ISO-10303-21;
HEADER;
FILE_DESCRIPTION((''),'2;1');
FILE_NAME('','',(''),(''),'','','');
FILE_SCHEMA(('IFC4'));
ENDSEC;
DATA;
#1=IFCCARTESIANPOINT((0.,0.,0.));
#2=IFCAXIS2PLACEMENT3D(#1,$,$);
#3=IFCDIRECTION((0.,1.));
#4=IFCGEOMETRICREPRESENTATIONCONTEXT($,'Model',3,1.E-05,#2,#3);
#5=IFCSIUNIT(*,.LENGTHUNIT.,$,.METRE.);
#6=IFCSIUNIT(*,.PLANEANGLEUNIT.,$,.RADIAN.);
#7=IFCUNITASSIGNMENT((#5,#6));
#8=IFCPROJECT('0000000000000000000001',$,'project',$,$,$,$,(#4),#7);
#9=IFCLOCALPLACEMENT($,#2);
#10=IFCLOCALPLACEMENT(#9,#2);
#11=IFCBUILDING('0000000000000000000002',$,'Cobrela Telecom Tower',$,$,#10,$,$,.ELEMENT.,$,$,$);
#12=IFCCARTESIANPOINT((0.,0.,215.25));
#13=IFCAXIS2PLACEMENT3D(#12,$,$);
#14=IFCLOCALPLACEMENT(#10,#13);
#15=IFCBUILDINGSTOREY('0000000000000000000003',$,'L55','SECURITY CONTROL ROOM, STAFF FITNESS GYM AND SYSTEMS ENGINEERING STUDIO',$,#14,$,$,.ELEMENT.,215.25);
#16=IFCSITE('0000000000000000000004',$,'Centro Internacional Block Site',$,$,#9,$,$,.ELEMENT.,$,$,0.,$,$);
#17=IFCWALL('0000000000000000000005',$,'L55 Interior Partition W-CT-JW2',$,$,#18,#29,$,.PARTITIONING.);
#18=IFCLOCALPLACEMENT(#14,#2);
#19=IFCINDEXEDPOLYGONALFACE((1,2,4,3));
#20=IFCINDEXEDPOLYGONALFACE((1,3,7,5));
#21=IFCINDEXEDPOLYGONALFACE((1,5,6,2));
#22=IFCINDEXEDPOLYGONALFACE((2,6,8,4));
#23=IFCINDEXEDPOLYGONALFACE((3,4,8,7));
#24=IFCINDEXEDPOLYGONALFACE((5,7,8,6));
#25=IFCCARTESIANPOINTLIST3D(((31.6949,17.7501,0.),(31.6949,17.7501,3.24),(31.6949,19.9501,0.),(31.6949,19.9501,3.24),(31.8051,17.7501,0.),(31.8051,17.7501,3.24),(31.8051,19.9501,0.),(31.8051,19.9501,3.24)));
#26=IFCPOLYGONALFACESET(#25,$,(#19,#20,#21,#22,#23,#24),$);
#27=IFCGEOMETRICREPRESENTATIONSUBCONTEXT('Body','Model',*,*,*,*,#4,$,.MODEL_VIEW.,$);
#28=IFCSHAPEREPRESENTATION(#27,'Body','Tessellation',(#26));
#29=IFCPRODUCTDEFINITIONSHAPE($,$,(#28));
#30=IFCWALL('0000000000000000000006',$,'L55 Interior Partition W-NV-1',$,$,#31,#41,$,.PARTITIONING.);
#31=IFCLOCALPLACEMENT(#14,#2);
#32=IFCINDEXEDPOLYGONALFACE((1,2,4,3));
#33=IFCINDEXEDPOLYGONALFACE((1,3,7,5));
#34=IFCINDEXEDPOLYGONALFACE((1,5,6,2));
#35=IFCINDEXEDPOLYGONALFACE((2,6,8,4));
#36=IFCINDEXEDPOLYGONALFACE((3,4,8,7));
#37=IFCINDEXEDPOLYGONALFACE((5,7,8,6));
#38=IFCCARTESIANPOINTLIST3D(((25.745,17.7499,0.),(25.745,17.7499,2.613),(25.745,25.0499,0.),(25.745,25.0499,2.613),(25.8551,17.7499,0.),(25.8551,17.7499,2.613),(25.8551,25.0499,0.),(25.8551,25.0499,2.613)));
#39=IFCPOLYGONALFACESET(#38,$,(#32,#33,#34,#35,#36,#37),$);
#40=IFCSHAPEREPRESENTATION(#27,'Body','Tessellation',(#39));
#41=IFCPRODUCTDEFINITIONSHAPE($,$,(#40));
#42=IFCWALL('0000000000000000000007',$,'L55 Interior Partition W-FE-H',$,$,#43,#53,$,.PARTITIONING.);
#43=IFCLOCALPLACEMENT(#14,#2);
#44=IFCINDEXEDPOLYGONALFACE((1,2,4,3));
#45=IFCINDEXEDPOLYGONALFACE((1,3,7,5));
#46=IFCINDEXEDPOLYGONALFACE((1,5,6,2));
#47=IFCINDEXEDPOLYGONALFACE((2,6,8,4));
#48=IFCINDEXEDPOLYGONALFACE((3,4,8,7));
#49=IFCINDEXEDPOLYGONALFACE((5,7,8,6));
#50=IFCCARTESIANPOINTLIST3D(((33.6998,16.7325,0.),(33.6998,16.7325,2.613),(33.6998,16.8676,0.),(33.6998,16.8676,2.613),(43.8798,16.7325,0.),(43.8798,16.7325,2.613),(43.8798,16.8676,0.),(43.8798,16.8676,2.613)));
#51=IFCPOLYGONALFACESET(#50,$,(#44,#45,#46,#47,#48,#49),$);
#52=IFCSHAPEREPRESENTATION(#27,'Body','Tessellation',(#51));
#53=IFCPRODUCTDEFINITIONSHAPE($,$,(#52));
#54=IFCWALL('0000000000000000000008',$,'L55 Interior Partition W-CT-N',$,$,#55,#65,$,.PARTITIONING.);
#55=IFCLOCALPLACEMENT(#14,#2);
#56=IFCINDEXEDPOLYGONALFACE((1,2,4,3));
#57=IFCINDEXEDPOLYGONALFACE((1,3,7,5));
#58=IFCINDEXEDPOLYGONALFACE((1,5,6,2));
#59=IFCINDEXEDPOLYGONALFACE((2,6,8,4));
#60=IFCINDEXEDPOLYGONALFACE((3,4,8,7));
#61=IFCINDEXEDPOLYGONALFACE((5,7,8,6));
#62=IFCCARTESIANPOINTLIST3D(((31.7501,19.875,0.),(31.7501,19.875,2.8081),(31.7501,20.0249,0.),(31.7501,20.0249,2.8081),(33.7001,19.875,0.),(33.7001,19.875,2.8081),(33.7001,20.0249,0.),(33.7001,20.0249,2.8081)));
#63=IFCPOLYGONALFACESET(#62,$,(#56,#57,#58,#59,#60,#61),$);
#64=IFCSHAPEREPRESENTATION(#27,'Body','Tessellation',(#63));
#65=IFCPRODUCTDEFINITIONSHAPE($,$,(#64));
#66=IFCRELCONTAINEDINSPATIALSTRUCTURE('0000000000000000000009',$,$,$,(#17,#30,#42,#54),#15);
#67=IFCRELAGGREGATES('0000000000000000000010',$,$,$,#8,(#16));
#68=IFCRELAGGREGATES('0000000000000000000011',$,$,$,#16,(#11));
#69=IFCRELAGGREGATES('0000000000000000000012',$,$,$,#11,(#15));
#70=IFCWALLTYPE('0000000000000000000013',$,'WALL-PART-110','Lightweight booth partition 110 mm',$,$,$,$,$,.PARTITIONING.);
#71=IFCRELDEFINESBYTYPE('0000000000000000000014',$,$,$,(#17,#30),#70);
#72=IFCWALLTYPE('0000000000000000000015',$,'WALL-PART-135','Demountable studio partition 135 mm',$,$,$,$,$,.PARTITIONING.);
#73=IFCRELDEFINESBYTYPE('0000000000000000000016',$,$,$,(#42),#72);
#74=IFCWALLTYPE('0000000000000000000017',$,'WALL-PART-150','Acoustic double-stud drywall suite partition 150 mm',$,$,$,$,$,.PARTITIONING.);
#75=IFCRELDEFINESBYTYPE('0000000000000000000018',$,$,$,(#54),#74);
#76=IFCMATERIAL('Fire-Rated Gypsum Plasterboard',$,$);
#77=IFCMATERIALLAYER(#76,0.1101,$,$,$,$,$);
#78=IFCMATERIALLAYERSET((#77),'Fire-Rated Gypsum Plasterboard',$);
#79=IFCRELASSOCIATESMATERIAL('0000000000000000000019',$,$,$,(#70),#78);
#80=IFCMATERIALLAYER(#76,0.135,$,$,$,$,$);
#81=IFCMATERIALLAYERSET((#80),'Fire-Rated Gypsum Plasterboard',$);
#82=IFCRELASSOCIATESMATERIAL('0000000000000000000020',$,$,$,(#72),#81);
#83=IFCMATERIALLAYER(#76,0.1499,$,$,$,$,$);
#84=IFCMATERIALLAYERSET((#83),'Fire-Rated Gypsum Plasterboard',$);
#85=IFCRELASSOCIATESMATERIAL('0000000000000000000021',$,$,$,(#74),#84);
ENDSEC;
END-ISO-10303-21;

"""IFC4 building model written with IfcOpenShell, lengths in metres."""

from ifc_helpers import new_model, si_unit, direction, frame, frame_2d, origin, place, context, subcontext, project, spatial, rectangle, extrude, material, layer, layer_set, type_object, element, save


model = new_model("IFC4")

# Units and contexts
model_context = context("Model", 3, precision=1e-05, world=origin(), true_north=direction((0.0, 1.0)))
body_context = subcontext(model_context, "Body", "Model", "MODEL_VIEW")
ifc_project = project(units=[si_unit("LENGTHUNIT", "METRE"), si_unit("PLANEANGLEUNIT", "RADIAN")], contexts=[model_context])

# Site, building, storey
site_placement = place(None, origin())
site = spatial("IfcSite", under=ifc_project, at=site_placement, Name="Centro Internacional Block Site", CompositionType="ELEMENT", RefElevation=0.0)
building_placement = place(site_placement, origin())
building = spatial("IfcBuilding", under=site, at=building_placement, Name="Cobrela Telecom Tower", CompositionType="ELEMENT")
storey_placement = place(building_placement, frame((0.0, 0.0, 215.25)))
storey = spatial("IfcBuildingStorey", under=building, at=storey_placement, Name="L55", Description="SECURITY CONTROL ROOM, STAFF FITNESS GYM AND SYSTEMS ENGINEERING STUDIO", CompositionType="ELEMENT", Elevation=215.25)

# Walls
ifc_material_1 = material(Name="Fire-Rated Gypsum Plasterboard")
ifc_layer_1 = layer(ifc_material_1, 0.1101)
ifc_layer_set_1 = layer_set([ifc_layer_1], Name="Fire-Rated Gypsum Plasterboard")
wall_type_1 = type_object("IfcWallType", Name="WALL-PART-110", Description="Lightweight booth partition 110 mm", PredefinedType="PARTITIONING", material=ifc_layer_set_1)
wall_1_placement = place(storey_placement, frame((31.75, 17.75, 0.0), z_axis=(0.0, 0.0, 1.0), x_axis=(0.0, 1.0, 0.0)))
element("IfcWall", 1, at=wall_1_placement, inside=storey, type_object=wall_type_1, Name="L55 Interior Partition W-CT-JW2", PredefinedType="PARTITIONING", context=body_context, shape_type="SweptSolid", body=[
    extrude(rectangle(XDim=2.2, YDim=0.1101, at=frame_2d((1.1001, 0.0))), origin(), (0.0, 0.0, 1.0), 3.24),
])
wall_2_placement = place(storey_placement, frame((25.8, 17.75, 0.0), z_axis=(0.0, 0.0, 1.0), x_axis=(0.0, 1.0, 0.0)))
element("IfcWall", 2, at=wall_2_placement, inside=storey, type_object=wall_type_1, Name="L55 Interior Partition W-NV-1", PredefinedType="PARTITIONING", context=body_context, shape_type="SweptSolid", body=[
    extrude(rectangle(XDim=7.3, YDim=0.1101, at=frame_2d((3.6499, 0.0))), origin(), (0.0, 0.0, 1.0), 2.613),
])
ifc_layer_2 = layer(ifc_material_1, 0.135)
ifc_layer_set_2 = layer_set([ifc_layer_2], Name="Fire-Rated Gypsum Plasterboard")
wall_type_2 = type_object("IfcWallType", Name="WALL-PART-135", Description="Demountable studio partition 135 mm", PredefinedType="PARTITIONING", material=ifc_layer_set_2)
wall_3_placement = place(storey_placement, frame((33.7, 16.8, 0.0), z_axis=(0.0, 0.0, 1.0), x_axis=(1.0, 0.0, 0.0)))
element("IfcWall", 3, at=wall_3_placement, inside=storey, type_object=wall_type_2, Name="L55 Interior Partition W-FE-H", PredefinedType="PARTITIONING", context=body_context, shape_type="SweptSolid", body=[
    extrude(rectangle(XDim=10.1799, YDim=0.135, at=frame_2d((5.0898, 0.0))), origin(), (0.0, 0.0, 1.0), 2.613),
])
ifc_layer_3 = layer(ifc_material_1, 0.1499)
ifc_layer_set_3 = layer_set([ifc_layer_3], Name="Fire-Rated Gypsum Plasterboard")
wall_type_3 = type_object("IfcWallType", Name="WALL-PART-150", Description="Acoustic double-stud drywall suite partition 150 mm", PredefinedType="PARTITIONING", material=ifc_layer_set_3)
wall_4_placement = place(storey_placement, frame((31.75, 19.95, 0.0), z_axis=(0.0, 0.0, 1.0), x_axis=(1.0, 0.0, 0.0)))
element("IfcWall", 4, at=wall_4_placement, inside=storey, type_object=wall_type_3, Name="L55 Interior Partition W-CT-N", PredefinedType="PARTITIONING", context=body_context, shape_type="SweptSolid", body=[
    extrude(rectangle(XDim=1.95, YDim=0.1499, at=frame_2d((0.9751, 0.0))), origin(), (0.0, 0.0, 1.0), 2.8081),
])

save(model, "model.ifc")
